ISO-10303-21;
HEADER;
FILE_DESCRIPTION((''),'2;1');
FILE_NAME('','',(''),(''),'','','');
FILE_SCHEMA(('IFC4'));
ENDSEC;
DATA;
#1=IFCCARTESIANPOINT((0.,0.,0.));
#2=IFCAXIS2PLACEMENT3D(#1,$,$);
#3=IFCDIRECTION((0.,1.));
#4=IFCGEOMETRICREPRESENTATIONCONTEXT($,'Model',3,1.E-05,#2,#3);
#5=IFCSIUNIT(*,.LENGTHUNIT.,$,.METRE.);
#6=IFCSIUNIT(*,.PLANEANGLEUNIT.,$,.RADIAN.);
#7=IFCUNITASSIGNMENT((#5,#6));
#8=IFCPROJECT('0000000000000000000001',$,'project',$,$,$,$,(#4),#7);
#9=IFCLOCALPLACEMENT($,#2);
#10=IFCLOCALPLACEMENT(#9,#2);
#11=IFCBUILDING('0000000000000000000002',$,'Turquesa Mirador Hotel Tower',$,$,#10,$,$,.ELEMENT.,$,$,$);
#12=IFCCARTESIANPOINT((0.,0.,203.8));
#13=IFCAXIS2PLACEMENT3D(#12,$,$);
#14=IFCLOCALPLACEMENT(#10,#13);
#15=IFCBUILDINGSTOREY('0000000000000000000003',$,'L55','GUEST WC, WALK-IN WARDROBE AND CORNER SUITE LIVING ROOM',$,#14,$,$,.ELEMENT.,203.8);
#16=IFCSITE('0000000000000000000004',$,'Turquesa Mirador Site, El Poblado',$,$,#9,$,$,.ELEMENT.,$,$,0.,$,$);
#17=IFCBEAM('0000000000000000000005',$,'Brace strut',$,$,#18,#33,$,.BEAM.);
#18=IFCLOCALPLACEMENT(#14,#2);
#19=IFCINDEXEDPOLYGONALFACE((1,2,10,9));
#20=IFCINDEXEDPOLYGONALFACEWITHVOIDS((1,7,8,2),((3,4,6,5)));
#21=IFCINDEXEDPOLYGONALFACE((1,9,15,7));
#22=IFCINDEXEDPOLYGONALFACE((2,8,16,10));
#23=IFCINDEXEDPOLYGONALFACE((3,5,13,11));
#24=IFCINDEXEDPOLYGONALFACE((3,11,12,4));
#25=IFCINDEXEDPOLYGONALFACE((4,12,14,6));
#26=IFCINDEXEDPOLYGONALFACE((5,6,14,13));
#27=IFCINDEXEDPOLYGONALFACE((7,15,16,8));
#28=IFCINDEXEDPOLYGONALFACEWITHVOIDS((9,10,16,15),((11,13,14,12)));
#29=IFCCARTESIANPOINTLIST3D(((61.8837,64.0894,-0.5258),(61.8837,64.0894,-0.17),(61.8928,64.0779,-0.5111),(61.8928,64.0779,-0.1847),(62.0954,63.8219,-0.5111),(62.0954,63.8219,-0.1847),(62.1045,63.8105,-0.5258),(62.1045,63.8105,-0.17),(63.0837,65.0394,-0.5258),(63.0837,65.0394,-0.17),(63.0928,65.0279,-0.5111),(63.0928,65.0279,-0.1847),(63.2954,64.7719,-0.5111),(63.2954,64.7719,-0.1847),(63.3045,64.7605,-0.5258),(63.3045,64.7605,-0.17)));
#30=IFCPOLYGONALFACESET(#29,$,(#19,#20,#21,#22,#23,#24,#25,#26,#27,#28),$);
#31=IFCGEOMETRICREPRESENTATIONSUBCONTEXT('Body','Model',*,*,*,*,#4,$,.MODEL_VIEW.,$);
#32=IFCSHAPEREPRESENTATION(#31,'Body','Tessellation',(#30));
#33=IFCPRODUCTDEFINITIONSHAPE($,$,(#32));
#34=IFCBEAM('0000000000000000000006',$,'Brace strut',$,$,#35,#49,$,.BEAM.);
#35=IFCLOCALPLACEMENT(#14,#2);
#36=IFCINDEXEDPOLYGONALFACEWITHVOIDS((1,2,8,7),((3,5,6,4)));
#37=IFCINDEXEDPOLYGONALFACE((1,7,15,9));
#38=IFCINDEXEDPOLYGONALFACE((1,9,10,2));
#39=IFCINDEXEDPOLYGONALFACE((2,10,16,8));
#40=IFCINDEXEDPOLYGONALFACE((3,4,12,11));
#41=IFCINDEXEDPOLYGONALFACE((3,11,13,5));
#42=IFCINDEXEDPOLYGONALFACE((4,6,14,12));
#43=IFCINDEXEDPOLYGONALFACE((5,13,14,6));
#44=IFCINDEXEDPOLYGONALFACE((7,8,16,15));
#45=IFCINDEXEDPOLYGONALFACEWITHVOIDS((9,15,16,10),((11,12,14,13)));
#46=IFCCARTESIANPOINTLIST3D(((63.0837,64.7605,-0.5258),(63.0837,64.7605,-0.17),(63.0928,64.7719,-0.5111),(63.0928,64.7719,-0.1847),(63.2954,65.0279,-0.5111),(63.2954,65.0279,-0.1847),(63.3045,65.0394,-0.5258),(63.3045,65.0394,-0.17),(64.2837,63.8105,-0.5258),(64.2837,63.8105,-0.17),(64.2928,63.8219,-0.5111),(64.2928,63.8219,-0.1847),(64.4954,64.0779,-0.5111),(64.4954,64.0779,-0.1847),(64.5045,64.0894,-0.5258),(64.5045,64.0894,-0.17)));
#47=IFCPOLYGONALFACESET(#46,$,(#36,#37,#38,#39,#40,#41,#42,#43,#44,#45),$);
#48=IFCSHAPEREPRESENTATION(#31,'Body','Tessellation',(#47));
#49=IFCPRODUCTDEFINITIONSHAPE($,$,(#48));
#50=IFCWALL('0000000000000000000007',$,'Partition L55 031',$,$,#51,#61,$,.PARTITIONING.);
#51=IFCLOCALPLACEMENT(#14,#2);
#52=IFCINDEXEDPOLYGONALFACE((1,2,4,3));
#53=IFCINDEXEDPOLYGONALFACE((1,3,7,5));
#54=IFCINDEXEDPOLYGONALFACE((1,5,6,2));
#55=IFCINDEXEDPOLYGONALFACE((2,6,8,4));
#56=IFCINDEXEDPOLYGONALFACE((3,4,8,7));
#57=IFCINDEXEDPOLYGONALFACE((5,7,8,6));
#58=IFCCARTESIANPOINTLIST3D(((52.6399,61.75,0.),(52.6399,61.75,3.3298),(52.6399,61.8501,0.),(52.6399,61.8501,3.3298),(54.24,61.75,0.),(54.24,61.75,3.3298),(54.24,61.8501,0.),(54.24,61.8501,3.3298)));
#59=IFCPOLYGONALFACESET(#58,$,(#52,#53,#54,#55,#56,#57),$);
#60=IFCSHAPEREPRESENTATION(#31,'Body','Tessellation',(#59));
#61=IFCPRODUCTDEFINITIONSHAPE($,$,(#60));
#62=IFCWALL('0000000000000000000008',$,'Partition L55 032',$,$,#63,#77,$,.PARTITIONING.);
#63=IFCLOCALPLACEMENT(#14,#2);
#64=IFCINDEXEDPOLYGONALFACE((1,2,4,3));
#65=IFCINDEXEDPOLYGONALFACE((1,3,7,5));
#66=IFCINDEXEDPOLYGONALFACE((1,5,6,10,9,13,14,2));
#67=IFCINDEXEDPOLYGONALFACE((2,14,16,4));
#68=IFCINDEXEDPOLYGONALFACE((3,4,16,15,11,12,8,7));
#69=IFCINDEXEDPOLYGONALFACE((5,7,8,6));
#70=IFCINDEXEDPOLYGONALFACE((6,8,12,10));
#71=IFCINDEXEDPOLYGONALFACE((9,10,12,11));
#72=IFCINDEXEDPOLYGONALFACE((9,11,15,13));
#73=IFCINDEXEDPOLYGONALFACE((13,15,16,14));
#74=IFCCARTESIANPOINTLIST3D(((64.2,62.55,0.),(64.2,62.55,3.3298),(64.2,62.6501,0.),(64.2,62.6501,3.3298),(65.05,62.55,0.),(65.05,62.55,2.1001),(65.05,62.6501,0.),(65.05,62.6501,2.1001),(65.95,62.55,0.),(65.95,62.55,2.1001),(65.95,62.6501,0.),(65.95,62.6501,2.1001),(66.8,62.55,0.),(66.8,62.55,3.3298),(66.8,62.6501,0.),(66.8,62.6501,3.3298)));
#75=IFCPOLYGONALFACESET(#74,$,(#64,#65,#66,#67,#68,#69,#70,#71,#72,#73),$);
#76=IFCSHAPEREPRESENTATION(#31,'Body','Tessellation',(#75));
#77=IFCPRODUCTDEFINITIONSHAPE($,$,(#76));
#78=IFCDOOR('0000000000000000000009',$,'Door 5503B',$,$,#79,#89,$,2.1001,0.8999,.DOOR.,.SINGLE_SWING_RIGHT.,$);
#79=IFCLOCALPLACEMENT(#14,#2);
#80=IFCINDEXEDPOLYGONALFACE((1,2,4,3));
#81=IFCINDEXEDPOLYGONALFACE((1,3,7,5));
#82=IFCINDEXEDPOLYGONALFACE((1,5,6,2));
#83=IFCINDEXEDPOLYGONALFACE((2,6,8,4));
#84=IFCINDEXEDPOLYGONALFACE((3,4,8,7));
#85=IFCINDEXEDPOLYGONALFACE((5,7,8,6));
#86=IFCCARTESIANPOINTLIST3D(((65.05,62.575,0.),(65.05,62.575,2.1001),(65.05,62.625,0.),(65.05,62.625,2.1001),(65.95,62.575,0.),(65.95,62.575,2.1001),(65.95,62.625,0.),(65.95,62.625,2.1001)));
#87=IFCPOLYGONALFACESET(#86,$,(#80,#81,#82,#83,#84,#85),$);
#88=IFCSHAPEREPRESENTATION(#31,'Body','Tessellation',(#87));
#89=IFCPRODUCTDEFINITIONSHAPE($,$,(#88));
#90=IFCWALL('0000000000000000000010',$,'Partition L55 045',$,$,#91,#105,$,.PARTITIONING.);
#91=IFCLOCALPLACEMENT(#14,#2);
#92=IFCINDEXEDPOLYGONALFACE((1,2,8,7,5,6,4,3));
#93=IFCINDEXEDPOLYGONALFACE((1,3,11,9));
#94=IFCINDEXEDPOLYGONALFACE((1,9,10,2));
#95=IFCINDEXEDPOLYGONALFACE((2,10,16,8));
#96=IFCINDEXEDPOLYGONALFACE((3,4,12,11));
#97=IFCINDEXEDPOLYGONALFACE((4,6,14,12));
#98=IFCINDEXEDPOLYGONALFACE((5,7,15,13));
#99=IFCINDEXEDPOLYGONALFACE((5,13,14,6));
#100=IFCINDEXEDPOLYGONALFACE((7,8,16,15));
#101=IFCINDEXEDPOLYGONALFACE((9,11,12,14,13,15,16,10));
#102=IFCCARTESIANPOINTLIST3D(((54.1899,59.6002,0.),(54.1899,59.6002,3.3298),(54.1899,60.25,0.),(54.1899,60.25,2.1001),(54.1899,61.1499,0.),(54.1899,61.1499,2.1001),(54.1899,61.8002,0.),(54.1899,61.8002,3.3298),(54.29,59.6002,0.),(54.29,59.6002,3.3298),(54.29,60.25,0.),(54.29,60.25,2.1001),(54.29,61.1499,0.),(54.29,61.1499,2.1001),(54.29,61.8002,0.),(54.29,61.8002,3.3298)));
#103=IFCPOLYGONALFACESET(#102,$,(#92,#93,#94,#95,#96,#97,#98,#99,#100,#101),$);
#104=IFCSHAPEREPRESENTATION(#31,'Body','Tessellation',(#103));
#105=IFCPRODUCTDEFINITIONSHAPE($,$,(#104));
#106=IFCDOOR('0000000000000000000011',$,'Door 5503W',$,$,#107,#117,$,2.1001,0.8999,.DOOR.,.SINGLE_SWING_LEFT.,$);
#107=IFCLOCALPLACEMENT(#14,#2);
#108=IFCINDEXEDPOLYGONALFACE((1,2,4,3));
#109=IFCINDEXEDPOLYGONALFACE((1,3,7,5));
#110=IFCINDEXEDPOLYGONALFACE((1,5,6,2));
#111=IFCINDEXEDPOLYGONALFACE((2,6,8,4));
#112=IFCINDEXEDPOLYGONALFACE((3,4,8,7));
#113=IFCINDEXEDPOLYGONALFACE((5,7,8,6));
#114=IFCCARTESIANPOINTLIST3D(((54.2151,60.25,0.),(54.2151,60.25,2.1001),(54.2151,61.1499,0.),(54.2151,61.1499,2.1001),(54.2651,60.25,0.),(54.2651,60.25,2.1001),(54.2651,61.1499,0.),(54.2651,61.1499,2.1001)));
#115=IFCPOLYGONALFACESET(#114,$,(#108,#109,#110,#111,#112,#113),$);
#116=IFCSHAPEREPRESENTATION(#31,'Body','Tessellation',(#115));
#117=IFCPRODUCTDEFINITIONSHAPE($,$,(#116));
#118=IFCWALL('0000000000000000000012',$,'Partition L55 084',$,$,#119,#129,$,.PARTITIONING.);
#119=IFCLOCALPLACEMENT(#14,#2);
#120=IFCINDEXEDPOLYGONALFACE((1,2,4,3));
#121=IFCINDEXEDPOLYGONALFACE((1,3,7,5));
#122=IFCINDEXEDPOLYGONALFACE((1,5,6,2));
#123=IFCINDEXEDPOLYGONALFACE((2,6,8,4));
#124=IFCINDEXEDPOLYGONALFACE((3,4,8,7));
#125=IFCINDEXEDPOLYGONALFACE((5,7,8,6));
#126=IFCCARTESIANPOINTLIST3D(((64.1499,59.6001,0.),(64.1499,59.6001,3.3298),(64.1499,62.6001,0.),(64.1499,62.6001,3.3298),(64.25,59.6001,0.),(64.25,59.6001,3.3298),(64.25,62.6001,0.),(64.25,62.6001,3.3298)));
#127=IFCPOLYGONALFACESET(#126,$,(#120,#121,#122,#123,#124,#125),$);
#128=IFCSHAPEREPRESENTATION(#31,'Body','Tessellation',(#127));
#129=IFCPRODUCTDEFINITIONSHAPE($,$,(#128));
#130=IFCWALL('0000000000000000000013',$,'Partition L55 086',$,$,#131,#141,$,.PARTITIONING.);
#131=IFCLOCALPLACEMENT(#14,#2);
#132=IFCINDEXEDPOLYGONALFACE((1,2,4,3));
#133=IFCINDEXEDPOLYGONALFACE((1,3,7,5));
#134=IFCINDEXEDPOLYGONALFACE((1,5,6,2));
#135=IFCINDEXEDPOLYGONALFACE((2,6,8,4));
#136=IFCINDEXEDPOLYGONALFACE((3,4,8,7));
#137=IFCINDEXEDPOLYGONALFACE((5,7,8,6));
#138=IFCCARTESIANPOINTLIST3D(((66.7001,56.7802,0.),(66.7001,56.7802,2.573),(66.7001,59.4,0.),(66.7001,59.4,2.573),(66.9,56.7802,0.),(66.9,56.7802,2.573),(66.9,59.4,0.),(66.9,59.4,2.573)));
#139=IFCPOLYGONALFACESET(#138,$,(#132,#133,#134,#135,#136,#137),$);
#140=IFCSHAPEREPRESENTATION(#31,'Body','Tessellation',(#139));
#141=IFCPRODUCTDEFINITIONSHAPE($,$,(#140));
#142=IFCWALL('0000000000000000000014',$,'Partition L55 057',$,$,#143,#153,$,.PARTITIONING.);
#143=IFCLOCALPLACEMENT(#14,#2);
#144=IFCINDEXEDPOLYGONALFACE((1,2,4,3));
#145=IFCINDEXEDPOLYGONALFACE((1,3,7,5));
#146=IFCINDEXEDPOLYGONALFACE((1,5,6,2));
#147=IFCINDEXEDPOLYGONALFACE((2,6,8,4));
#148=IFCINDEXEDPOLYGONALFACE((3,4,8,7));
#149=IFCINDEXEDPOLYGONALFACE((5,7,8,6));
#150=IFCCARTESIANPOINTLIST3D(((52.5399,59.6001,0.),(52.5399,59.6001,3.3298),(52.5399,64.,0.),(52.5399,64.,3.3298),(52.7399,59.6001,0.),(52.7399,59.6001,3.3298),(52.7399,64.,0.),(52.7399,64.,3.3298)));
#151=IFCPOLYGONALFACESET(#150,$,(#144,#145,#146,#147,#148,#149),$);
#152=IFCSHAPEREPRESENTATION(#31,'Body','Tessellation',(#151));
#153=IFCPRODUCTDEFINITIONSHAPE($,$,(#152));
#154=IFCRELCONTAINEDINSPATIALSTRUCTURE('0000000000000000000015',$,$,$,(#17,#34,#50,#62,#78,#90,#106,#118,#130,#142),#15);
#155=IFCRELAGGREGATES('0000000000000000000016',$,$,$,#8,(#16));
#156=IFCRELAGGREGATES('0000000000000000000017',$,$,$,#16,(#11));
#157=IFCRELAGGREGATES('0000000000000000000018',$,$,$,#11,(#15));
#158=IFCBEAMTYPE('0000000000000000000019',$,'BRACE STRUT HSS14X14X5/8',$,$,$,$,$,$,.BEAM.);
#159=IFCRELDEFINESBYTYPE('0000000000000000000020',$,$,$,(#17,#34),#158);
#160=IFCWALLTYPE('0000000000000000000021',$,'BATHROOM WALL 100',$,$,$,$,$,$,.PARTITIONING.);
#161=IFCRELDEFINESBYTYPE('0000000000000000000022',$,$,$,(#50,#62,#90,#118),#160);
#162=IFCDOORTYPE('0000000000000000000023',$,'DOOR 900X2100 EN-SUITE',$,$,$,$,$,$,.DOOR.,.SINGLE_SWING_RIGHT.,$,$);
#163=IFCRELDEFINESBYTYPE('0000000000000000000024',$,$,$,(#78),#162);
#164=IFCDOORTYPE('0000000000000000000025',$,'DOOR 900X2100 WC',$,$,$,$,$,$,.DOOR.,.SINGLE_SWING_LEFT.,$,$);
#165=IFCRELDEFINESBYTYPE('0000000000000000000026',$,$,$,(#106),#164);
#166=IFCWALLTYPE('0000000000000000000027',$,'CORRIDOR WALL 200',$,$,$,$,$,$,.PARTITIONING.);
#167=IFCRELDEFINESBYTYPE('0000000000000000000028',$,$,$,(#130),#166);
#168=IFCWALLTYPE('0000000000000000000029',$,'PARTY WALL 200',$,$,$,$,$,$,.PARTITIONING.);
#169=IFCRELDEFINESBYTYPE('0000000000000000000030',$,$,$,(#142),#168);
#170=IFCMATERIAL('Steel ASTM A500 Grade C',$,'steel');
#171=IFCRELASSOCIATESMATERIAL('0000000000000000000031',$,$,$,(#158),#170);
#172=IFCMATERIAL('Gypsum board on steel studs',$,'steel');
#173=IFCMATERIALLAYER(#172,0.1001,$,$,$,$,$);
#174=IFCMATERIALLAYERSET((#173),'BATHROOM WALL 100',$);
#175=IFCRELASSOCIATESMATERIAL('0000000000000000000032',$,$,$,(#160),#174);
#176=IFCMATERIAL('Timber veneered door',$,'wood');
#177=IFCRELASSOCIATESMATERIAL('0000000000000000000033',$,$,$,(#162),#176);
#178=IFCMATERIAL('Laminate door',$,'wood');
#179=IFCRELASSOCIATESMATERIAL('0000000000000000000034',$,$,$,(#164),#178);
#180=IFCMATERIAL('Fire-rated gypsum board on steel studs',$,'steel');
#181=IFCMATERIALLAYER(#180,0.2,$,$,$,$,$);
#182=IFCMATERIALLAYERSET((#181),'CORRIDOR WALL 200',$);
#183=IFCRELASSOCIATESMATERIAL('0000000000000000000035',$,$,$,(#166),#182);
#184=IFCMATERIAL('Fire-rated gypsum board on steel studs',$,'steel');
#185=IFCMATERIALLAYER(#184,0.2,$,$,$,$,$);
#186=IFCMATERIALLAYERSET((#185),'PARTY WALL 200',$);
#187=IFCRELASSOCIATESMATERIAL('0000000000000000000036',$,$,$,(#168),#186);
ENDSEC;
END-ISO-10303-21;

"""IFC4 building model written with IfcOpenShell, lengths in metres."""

from ifc_helpers import new_model, si_unit, direction, frame, frame_2d, origin, origin_2d, place, context, subcontext, project, spatial, rectangle, hollow_rectangle, extrude, material, layer, layer_set, material_profile, profile_set, type_object, element, fill, save


model = new_model("IFC4")

# Units and contexts
model_context = context("Model", 3, precision=1e-05, world=origin(), true_north=direction((0.0, 1.0)))
body_context = subcontext(model_context, "Body", "Model", "MODEL_VIEW")
ifc_project = project(units=[si_unit("LENGTHUNIT", "METRE"), si_unit("PLANEANGLEUNIT", "RADIAN")], contexts=[model_context])

# Site, building, storey
site_placement = place(None, origin())
site = spatial("IfcSite", under=ifc_project, at=site_placement, Name="Turquesa Mirador Site, El Poblado", CompositionType="ELEMENT", RefElevation=0.0)
building_placement = place(site_placement, origin())
building = spatial("IfcBuilding", under=site, at=building_placement, Name="Turquesa Mirador Hotel Tower", CompositionType="ELEMENT")
storey_placement = place(building_placement, frame((0.0, 0.0, 203.8)))
storey = spatial("IfcBuildingStorey", under=building, at=storey_placement, Name="L55", Description="GUEST WC, WALK-IN WARDROBE AND CORNER SUITE LIVING ROOM", CompositionType="ELEMENT", Elevation=203.8)

# Beams
ifc_material_1 = material(Name="Steel ASTM A500 Grade C", Category="steel")
ifc_material_profile_1 = material_profile(ifc_material_1, hollow_rectangle(XDim=0.3557, YDim=0.3557, WallThickness=0.0146, at=origin_2d()), Name="HSS14X14X5/8")
ifc_profile_set_1 = profile_set([ifc_material_profile_1], Name="Steel ASTM A500 Grade C")
beam_type_1 = type_object("IfcBeamType", Name="BRACE STRUT HSS14X14X5/8", PredefinedType="BEAM", material=ifc_profile_set_1)
for number, where, z_axis, x_axis, name in (
    (1, (63.1941, 64.8999, -0.3479), (-0.784049, -0.620699, 0.0), (0.620699, -0.784049, 0.0), "Brace strut"),
    (2, (63.1941, 64.8999, -0.3479), (0.784049, -0.620699, 0.0), (0.620699, 0.784049, 0.0), "Brace strut"),
):
    element("IfcBeam", number, at=place(storey_placement, frame(where, z_axis=z_axis, x_axis=x_axis)), inside=storey, type_object=beam_type_1, Name=name, PredefinedType="BEAM", context=body_context, shape_type="SweptSolid", body=[
        extrude(hollow_rectangle(XDim=0.3557, YDim=0.3557, WallThickness=0.0146, at=origin_2d()), origin(), (0.0, 0.0, 1.0), 1.5305),
    ])

# Wall
ifc_material_2 = material(Name="Gypsum board on steel studs", Category="steel")
ifc_layer_1 = layer(ifc_material_2, 0.1001)
ifc_layer_set_1 = layer_set([ifc_layer_1], Name="BATHROOM WALL 100")
wall_type_1 = type_object("IfcWallType", Name="BATHROOM WALL 100", PredefinedType="PARTITIONING", material=ifc_layer_set_1)
wall_1_placement = place(storey_placement, frame((52.6399, 61.8, 0.0), z_axis=(0.0, 0.0, 1.0), x_axis=(1.0, 0.0, 0.0)))
element("IfcWall", 3, at=wall_1_placement, inside=storey, type_object=wall_type_1, Name="Partition L55 031", PredefinedType="PARTITIONING", context=body_context, shape_type="SweptSolid", body=[
    extrude(rectangle(XDim=1.6001, YDim=0.1001, at=frame_2d((0.8, 0.0))), origin(), (0.0, 0.0, 1.0), 3.3298),
])

# Walls, openings, doors
wall_2_placement = place(storey_placement, frame((64.2, 62.6001, 0.0), z_axis=(0.0, 0.0, 1.0), x_axis=(1.0, 0.0, 0.0)))
wall_2 = element("IfcWall", 4, at=wall_2_placement, inside=storey, type_object=wall_type_1, Name="Partition L55 032", PredefinedType="PARTITIONING", context=body_context, shape_type="SweptSolid", body=[
    extrude(rectangle(XDim=2.6001, YDim=0.1001, at=frame_2d((1.3, 0.0))), origin(), (0.0, 0.0, 1.0), 3.3298),
])
opening_1_placement = place(wall_2_placement, frame((0.8501, 0.0, 0.0)))
opening_1 = element("IfcOpeningElement", 5, at=opening_1_placement, cuts=wall_2, PredefinedType="OPENING", context=body_context, shape_type="SweptSolid", body=[
    extrude(rectangle(XDim=0.8999, YDim=2.1001, at=frame_2d((0.45, 1.05))), frame((0.0, 0.0601, 0.0), z_axis=(0.0, -1.0, 0.0), x_axis=(1.0, 0.0, 0.0)), (0.0, 0.0, 1.0), 0.1201),
])
ifc_material_3 = material(Name="Timber veneered door", Category="wood")
door_type_1 = type_object("IfcDoorType", Name="DOOR 900X2100 EN-SUITE", OperationType="SINGLE_SWING_RIGHT", PredefinedType="DOOR", material=ifc_material_3)
door_1_placement = place(opening_1_placement, origin())
door_1 = element("IfcDoor", 6, at=door_1_placement, inside=storey, type_object=door_type_1, Name="Door 5503B", OperationType="SINGLE_SWING_RIGHT", OverallHeight=2.1001, OverallWidth=0.8999, PredefinedType="DOOR", context=body_context, shape_type="SweptSolid", body=[
    extrude(rectangle(XDim=0.8999, YDim=2.1001, at=frame_2d((0.45, 1.05))), frame((0.0, 0.0249, 0.0), z_axis=(0.0, -1.0, 0.0), x_axis=(1.0, 0.0, 0.0)), (0.0, 0.0, 1.0), 0.05),
])
fill(opening_1, door_1)
wall_3_placement = place(storey_placement, frame((54.24, 59.6001, 0.0), z_axis=(0.0, 0.0, 1.0), x_axis=(0.0, 1.0, 0.0)))
wall_3 = element("IfcWall", 7, at=wall_3_placement, inside=storey, type_object=wall_type_1, Name="Partition L55 045", PredefinedType="PARTITIONING", context=body_context, shape_type="SweptSolid", body=[
    extrude(rectangle(XDim=2.2, YDim=0.1001, at=frame_2d((1.1001, 0.0))), origin(), (0.0, 0.0, 1.0), 3.3298),
])
opening_2_placement = place(wall_3_placement, frame((0.6499, 0.0, 0.0)))
opening_2 = element("IfcOpeningElement", 8, at=opening_2_placement, cuts=wall_3, PredefinedType="OPENING", context=body_context, shape_type="SweptSolid", body=[
    extrude(rectangle(XDim=0.8999, YDim=2.1001, at=frame_2d((0.45, 1.05))), frame((0.0, 0.0601, 0.0), z_axis=(0.0, -1.0, 0.0), x_axis=(1.0, 0.0, 0.0)), (0.0, 0.0, 1.0), 0.1201),
])
ifc_material_4 = material(Name="Laminate door", Category="wood")
door_type_2 = type_object("IfcDoorType", Name="DOOR 900X2100 WC", OperationType="SINGLE_SWING_LEFT", PredefinedType="DOOR", material=ifc_material_4)
door_2_placement = place(opening_2_placement, origin())
door_2 = element("IfcDoor", 9, at=door_2_placement, inside=storey, type_object=door_type_2, Name="Door 5503W", OperationType="SINGLE_SWING_LEFT", OverallHeight=2.1001, OverallWidth=0.8999, PredefinedType="DOOR", context=body_context, shape_type="SweptSolid", body=[
    extrude(rectangle(XDim=0.8999, YDim=2.1001, at=frame_2d((0.45, 1.05))), frame((0.0, 0.0249, 0.0), z_axis=(0.0, -1.0, 0.0), x_axis=(1.0, 0.0, 0.0)), (0.0, 0.0, 1.0), 0.05),
])
fill(opening_2, door_2)

# Walls
wall_4_placement = place(storey_placement, frame((64.2, 59.6001, 0.0), z_axis=(0.0, 0.0, 1.0), x_axis=(0.0, 1.0, 0.0)))
element("IfcWall", 10, at=wall_4_placement, inside=storey, type_object=wall_type_1, Name="Partition L55 084", PredefinedType="PARTITIONING", context=body_context, shape_type="SweptSolid", body=[
    extrude(rectangle(XDim=3.0, YDim=0.1001, at=frame_2d((1.5, 0.0))), origin(), (0.0, 0.0, 1.0), 3.3298),
])
ifc_material_5 = material(Name="Fire-rated gypsum board on steel studs", Category="steel")
ifc_layer_2 = layer(ifc_material_5, 0.2)
ifc_layer_set_2 = layer_set([ifc_layer_2], Name="CORRIDOR WALL 200")
wall_type_2 = type_object("IfcWallType", Name="CORRIDOR WALL 200", PredefinedType="PARTITIONING", material=ifc_layer_set_2)
wall_5_placement = place(storey_placement, frame((66.8, 56.78, 0.0), z_axis=(0.0, 0.0, 1.0), x_axis=(0.0, 1.0, 0.0)))
element("IfcWall", 11, at=wall_5_placement, inside=storey, type_object=wall_type_2, Name="Partition L55 086", PredefinedType="PARTITIONING", context=body_context, shape_type="SweptSolid", body=[
    extrude(rectangle(XDim=2.6199, YDim=0.2, at=frame_2d((1.3101, 0.0))), origin(), (0.0, 0.0, 1.0), 2.573),
])
ifc_material_6 = material(Name="Fire-rated gypsum board on steel studs", Category="steel")
ifc_layer_3 = layer(ifc_material_6, 0.2)
ifc_layer_set_3 = layer_set([ifc_layer_3], Name="PARTY WALL 200")
wall_type_3 = type_object("IfcWallType", Name="PARTY WALL 200", PredefinedType="PARTITIONING", material=ifc_layer_set_3)
wall_6_placement = place(storey_placement, frame((52.6399, 59.6001, 0.0), z_axis=(0.0, 0.0, 1.0), x_axis=(0.0, 1.0, 0.0)))
element("IfcWall", 12, at=wall_6_placement, inside=storey, type_object=wall_type_3, Name="Partition L55 057", PredefinedType="PARTITIONING", context=body_context, shape_type="SweptSolid", body=[
    extrude(rectangle(XDim=4.3999, YDim=0.2, at=frame_2d((2.2, 0.0))), origin(), (0.0, 0.0, 1.0), 3.3298),
])

save(model, "model.ifc")
